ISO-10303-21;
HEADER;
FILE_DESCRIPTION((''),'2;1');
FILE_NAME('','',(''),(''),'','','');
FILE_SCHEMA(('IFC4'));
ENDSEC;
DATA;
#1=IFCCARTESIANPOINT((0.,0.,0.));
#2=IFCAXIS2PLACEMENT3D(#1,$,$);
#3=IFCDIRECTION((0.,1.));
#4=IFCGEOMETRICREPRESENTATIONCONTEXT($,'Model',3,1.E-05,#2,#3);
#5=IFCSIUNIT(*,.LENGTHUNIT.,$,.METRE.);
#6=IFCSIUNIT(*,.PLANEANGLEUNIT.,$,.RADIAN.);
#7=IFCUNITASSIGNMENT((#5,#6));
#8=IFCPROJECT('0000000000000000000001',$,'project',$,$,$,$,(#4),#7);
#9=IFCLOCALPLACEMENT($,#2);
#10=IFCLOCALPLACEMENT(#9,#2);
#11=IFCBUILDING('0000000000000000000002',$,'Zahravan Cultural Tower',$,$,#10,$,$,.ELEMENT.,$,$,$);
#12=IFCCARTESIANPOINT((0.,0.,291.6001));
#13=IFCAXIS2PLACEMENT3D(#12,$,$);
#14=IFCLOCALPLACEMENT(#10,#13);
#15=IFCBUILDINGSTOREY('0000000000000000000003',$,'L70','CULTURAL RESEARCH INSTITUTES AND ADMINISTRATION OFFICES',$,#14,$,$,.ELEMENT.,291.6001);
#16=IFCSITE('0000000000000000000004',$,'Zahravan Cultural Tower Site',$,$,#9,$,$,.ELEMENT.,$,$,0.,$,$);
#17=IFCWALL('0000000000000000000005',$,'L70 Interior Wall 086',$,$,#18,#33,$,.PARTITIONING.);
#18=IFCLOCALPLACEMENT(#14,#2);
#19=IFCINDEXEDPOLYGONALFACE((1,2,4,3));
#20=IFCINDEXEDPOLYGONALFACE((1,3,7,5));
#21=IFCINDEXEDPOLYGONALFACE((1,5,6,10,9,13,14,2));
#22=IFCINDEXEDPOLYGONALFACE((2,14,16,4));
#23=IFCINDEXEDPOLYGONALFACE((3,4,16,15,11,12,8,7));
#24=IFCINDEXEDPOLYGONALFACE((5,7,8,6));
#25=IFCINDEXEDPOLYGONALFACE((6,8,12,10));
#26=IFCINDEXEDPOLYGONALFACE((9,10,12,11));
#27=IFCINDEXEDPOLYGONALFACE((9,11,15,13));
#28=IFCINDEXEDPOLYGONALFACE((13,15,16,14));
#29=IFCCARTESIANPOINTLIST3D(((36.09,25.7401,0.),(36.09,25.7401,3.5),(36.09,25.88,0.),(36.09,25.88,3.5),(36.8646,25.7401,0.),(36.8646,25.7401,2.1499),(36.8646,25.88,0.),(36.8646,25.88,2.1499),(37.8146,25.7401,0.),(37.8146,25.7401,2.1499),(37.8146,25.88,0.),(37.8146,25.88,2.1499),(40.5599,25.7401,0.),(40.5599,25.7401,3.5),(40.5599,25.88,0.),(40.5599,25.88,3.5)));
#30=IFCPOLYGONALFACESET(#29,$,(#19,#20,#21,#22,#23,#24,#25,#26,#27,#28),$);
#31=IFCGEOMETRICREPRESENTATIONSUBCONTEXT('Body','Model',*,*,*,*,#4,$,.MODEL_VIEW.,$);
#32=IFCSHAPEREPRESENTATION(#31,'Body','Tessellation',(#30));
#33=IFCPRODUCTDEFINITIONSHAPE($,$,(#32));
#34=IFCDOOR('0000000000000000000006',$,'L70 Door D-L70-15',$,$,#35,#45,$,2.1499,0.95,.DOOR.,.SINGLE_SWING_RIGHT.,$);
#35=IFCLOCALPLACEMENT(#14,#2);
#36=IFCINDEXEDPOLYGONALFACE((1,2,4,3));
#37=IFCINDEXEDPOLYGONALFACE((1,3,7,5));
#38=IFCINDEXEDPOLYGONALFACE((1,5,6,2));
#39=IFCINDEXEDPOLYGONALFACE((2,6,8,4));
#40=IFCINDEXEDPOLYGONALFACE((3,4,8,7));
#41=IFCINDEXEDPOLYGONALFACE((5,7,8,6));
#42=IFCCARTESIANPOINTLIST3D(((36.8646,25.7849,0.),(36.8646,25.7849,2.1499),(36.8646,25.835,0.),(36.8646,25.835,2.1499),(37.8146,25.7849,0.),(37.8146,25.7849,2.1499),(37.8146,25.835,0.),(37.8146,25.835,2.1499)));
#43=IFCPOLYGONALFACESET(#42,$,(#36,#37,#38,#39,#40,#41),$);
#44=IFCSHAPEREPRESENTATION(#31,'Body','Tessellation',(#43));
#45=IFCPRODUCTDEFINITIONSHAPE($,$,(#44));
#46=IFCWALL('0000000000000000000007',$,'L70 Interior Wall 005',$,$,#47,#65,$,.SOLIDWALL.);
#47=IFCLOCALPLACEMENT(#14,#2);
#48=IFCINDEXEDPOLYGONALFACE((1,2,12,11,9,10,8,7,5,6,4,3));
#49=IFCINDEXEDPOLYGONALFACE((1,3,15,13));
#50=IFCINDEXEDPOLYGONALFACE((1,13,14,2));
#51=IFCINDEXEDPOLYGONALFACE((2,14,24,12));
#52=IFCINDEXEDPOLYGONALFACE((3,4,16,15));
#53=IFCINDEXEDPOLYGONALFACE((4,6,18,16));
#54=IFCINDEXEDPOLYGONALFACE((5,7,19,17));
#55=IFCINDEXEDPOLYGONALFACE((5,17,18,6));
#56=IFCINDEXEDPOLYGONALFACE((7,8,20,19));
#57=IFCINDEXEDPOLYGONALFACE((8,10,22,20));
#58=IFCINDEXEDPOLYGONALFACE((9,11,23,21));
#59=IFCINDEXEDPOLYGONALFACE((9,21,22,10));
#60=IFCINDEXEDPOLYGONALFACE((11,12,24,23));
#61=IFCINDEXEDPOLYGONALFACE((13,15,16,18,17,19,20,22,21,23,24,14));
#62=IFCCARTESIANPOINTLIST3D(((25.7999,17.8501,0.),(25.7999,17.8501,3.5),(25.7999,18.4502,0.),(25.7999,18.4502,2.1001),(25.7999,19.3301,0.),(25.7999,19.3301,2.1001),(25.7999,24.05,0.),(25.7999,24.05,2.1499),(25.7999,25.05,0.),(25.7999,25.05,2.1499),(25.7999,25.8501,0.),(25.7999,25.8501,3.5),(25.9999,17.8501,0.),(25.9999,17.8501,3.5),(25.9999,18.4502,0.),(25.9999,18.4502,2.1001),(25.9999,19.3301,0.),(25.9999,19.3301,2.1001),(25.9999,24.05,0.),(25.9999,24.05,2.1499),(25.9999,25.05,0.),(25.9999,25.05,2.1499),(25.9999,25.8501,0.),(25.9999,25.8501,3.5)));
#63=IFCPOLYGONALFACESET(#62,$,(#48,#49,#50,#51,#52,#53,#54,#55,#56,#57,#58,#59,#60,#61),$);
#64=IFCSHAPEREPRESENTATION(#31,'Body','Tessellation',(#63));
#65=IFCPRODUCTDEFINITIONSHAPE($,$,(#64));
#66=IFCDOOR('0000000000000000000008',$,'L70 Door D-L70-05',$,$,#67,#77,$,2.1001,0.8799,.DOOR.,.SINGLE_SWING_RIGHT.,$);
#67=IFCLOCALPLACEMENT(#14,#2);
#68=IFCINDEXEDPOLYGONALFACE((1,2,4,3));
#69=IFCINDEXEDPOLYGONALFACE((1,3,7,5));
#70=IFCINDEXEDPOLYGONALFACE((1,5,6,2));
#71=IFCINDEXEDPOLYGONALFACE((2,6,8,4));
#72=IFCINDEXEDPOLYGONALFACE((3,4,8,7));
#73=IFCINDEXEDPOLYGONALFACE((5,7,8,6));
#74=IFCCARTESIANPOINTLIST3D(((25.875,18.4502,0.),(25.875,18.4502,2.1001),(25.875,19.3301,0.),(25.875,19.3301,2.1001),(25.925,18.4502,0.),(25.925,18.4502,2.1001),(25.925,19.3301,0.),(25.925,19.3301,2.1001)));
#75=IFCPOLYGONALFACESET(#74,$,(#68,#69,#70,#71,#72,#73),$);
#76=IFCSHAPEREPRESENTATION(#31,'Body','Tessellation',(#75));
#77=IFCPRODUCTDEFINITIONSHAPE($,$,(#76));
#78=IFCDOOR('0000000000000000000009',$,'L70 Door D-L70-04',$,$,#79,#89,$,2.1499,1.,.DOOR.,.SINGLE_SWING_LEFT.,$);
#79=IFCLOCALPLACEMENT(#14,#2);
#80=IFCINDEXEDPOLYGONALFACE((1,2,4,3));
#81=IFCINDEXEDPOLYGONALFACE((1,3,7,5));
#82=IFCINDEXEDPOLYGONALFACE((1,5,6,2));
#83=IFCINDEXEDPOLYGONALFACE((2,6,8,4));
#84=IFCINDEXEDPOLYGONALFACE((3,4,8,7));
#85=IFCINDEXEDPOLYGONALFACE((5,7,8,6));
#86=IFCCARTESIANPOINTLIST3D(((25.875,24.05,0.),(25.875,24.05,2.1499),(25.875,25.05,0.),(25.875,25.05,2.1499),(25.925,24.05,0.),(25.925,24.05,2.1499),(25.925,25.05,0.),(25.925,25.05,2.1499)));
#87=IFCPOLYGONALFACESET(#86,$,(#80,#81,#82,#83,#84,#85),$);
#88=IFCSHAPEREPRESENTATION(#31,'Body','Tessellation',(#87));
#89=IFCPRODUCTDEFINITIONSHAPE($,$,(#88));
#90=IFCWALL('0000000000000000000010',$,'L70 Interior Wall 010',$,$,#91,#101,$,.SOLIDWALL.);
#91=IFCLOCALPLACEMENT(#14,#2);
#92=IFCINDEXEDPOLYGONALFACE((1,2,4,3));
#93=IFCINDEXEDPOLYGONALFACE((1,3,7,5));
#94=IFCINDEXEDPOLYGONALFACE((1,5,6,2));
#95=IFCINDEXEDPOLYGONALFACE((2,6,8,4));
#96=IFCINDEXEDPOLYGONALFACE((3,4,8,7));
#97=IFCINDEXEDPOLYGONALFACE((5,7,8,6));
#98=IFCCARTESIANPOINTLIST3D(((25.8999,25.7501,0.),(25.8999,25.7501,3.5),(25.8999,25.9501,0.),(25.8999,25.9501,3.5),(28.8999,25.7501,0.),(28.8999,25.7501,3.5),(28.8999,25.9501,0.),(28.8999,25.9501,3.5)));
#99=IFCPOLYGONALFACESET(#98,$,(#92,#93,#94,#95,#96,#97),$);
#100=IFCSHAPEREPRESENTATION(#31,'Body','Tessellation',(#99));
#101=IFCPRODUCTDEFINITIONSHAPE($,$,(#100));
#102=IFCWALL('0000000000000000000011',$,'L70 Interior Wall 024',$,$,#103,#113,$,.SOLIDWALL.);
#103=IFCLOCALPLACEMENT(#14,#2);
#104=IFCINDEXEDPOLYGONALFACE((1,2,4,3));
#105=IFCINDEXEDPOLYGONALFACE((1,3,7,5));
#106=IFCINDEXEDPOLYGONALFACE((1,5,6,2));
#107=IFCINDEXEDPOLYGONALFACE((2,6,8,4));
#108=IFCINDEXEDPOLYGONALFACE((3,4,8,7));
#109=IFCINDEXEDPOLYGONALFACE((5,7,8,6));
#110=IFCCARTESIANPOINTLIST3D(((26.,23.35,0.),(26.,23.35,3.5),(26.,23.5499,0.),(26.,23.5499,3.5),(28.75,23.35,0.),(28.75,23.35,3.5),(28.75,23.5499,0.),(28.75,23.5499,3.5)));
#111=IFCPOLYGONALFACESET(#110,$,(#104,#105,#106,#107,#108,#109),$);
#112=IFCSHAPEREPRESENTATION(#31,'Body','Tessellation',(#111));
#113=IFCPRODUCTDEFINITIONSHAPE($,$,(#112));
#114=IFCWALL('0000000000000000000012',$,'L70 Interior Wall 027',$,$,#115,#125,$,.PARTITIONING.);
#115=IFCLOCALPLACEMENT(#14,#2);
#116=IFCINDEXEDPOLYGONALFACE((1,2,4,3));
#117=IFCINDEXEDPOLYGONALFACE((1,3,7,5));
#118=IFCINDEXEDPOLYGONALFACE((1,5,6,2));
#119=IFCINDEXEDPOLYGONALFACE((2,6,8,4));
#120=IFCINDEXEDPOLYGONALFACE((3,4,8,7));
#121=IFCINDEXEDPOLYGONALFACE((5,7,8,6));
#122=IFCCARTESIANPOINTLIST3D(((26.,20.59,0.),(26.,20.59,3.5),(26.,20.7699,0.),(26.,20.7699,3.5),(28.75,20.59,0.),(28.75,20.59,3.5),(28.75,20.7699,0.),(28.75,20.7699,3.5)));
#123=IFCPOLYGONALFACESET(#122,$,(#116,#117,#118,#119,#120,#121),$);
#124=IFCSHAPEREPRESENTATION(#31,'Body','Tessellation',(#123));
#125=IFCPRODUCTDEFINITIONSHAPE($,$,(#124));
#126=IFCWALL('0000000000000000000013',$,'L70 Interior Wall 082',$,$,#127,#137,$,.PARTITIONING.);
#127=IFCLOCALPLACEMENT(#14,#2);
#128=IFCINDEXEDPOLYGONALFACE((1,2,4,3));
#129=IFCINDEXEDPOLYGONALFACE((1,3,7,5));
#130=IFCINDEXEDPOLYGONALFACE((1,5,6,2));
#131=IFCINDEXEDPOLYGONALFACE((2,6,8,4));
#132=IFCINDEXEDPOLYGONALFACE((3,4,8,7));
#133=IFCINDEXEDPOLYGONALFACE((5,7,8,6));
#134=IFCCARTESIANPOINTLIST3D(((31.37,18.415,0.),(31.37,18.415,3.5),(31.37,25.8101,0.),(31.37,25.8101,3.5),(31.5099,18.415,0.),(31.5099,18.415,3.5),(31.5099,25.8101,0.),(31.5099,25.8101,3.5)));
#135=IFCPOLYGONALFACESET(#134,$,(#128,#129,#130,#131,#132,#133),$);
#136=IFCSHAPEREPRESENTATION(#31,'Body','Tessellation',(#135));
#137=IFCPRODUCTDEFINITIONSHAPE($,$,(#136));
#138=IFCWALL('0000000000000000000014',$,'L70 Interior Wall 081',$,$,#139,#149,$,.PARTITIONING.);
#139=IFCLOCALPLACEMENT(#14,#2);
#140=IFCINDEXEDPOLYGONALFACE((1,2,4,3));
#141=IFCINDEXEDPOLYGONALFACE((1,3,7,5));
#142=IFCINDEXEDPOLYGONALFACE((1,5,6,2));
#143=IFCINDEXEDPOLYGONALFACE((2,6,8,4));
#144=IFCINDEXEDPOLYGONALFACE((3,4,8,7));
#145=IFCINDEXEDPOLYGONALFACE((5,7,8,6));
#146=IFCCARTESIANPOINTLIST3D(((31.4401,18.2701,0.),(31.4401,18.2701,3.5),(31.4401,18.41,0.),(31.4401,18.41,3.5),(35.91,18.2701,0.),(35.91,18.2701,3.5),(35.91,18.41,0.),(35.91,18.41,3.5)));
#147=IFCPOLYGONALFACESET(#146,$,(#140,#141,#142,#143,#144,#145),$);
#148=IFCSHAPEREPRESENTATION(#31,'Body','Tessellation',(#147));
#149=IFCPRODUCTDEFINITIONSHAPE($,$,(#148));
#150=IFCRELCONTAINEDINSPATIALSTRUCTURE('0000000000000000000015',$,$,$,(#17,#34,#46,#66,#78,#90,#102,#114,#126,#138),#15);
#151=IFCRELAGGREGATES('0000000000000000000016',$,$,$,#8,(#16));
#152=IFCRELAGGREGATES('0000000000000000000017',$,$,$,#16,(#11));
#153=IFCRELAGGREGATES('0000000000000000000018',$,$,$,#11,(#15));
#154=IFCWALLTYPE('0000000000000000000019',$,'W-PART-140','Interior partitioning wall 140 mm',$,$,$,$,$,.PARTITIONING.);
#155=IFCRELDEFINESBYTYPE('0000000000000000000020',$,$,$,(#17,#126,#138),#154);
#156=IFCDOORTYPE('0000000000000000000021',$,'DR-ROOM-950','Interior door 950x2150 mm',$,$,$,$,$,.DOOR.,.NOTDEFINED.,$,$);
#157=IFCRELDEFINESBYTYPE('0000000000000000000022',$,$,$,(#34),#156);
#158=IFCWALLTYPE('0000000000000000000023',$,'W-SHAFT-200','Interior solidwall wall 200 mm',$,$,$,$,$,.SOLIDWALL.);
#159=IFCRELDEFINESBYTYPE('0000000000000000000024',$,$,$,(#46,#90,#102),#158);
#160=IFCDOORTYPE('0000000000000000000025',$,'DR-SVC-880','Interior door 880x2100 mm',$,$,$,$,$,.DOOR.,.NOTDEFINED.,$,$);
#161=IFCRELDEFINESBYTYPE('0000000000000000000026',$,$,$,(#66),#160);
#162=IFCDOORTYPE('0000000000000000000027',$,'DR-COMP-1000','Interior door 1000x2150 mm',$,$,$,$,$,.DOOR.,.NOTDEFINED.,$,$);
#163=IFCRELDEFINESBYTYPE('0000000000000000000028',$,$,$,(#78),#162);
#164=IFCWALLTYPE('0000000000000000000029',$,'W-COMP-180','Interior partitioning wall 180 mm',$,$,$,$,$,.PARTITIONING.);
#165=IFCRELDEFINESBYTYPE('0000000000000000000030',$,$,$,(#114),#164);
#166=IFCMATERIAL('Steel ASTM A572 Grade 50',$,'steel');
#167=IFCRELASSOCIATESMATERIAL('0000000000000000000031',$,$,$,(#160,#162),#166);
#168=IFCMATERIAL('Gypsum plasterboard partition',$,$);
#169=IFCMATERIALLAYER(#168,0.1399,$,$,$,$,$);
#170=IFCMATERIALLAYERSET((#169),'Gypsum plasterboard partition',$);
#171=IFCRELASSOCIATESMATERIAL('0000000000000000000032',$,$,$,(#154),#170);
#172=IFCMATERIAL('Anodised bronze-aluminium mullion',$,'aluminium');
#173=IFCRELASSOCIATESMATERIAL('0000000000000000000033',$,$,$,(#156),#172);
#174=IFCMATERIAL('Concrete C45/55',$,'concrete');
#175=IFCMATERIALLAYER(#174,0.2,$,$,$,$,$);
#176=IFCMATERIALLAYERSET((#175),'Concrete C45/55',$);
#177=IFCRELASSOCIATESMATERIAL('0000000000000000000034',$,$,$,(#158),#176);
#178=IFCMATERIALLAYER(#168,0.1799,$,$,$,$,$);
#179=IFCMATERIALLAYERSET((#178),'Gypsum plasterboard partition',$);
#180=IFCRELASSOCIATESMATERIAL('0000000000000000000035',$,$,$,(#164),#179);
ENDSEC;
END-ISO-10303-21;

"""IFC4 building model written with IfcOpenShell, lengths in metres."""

from ifc_helpers import new_model, si_unit, direction, frame, frame_2d, origin, place, context, subcontext, project, spatial, rectangle, extrude, source, transform, mapped, material, layer, layer_set, type_object, element, fill, save


model = new_model("IFC4")

# Units and contexts
model_context = context("Model", 3, precision=1e-05, world=origin(), true_north=direction((0.0, 1.0)))
body_context = subcontext(model_context, "Body", "Model", "MODEL_VIEW")
ifc_project = project(units=[si_unit("LENGTHUNIT", "METRE"), si_unit("PLANEANGLEUNIT", "RADIAN")], contexts=[model_context])

# Site, building, storey
site_placement = place(None, origin())
site = spatial("IfcSite", under=ifc_project, at=site_placement, Name="Zahravan Cultural Tower Site", CompositionType="ELEMENT", RefElevation=0.0)
building_placement = place(site_placement, origin())
building = spatial("IfcBuilding", under=site, at=building_placement, Name="Zahravan Cultural Tower", CompositionType="ELEMENT")
storey_placement = place(building_placement, frame((0.0, 0.0, 291.6001)))
storey = spatial("IfcBuildingStorey", under=building, at=storey_placement, Name="L70", Description="CULTURAL RESEARCH INSTITUTES AND ADMINISTRATION OFFICES", CompositionType="ELEMENT", Elevation=291.6001)

# Shared definitions
ifc_material_1 = material(Name="Steel ASTM A572 Grade 50", Category="steel")
door_type_1 = type_object("IfcDoorType", Name="DR-SVC-880", Description="Interior door 880x2100 mm", OperationType="NOTDEFINED", PredefinedType="DOOR", material=ifc_material_1)
shared_shape_1 = source(origin(), body_context, "Body", "SweptSolid", [
    extrude(rectangle(XDim=0.8799, YDim=2.1001, at=frame_2d((0.4399, 1.05))), frame((0.0, 0.0249, 0.0), z_axis=(0.0, -1.0, 0.0), x_axis=(1.0, 0.0, 0.0)), (0.0, 0.0, 1.0), 0.05),
])

# Wall, opening, door
ifc_material_2 = material(Name="Gypsum plasterboard partition")
ifc_layer_1 = layer(ifc_material_2, 0.1399)
ifc_layer_set_1 = layer_set([ifc_layer_1], Name="Gypsum plasterboard partition")
wall_type_1 = type_object("IfcWallType", Name="W-PART-140", Description="Interior partitioning wall 140 mm", PredefinedType="PARTITIONING", material=ifc_layer_set_1)
ifc_material_3 = material(Name="Anodised bronze-aluminium mullion", Category="aluminium")
door_type_2 = type_object("IfcDoorType", Name="DR-ROOM-950", Description="Interior door 950x2150 mm", OperationType="NOTDEFINED", PredefinedType="DOOR", material=ifc_material_3)
shared_shape_2 = source(origin(), body_context, "Body", "SweptSolid", [
    extrude(rectangle(XDim=0.95, YDim=2.1499, at=frame_2d((0.4751, 1.075))), frame((0.0, 0.0249, 0.0), z_axis=(0.0, -1.0, 0.0), x_axis=(1.0, 0.0, 0.0)), (0.0, 0.0, 1.0), 0.05),
])
wall_1_placement = place(storey_placement, frame((36.0901, 25.8101, 0.0), z_axis=(0.0, 0.0, 1.0), x_axis=(1.0, 0.0, 0.0)))
wall_1 = element("IfcWall", 1, at=wall_1_placement, inside=storey, type_object=wall_type_1, Name="L70 Interior Wall 086", PredefinedType="PARTITIONING", context=body_context, shape_type="SweptSolid", body=[
    extrude(rectangle(XDim=4.47, YDim=0.1399, at=frame_2d((2.2349, 0.0))), origin(), (0.0, 0.0, 1.0), 3.5),
])
opening_1_placement = place(wall_1_placement, frame((0.7744, 0.0, 0.0)))
opening_1 = element("IfcOpeningElement", 2, at=opening_1_placement, cuts=wall_1, PredefinedType="OPENING", context=body_context, shape_type="SweptSolid", body=[
    extrude(rectangle(XDim=0.95, YDim=2.1499, at=frame_2d((0.4751, 1.075))), frame((0.0, 0.0798, 0.0), z_axis=(0.0, -1.0, 0.0), x_axis=(1.0, 0.0, 0.0)), (0.0, 0.0, 1.0), 0.1599),
])
door_1_placement = place(opening_1_placement, origin())
door_1 = element("IfcDoor", 3, at=door_1_placement, inside=storey, type_object=door_type_2, Name="L70 Door D-L70-15", OperationType="SINGLE_SWING_RIGHT", OverallHeight=2.1499, OverallWidth=0.95, PredefinedType="DOOR", context=body_context, shape_type="MappedRepresentation", body=[
    mapped(shared_shape_2, transform((0.0, 0.0, 0.0), x_axis=(1.0, 0.0, 0.0), y_axis=(0.0, 1.0, 0.0), z_axis=(0.0, 0.0, 1.0), scale=1.0)),
])
fill(opening_1, door_1)

# Wall, openings, doors
ifc_material_4 = material(Name="Concrete C45/55", Category="concrete")
ifc_layer_2 = layer(ifc_material_4, 0.2)
ifc_layer_set_2 = layer_set([ifc_layer_2], Name="Concrete C45/55")
wall_type_2 = type_object("IfcWallType", Name="W-SHAFT-200", Description="Interior solidwall wall 200 mm", PredefinedType="SOLIDWALL", material=ifc_layer_set_2)
wall_2_placement = place(storey_placement, frame((25.8999, 17.8501, 0.0), z_axis=(0.0, 0.0, 1.0), x_axis=(0.0, 1.0, 0.0)))
wall_2 = element("IfcWall", 4, at=wall_2_placement, inside=storey, type_object=wall_type_2, Name="L70 Interior Wall 005", PredefinedType="SOLIDWALL", context=body_context, shape_type="SweptSolid", body=[
    extrude(rectangle(XDim=8.0, YDim=0.2, at=frame_2d((4.0, 0.0))), origin(), (0.0, 0.0, 1.0), 3.5),
])
opening_2_placement = place(wall_2_placement, frame((6.2, 0.0, 0.0)))
opening_2 = element("IfcOpeningElement", 5, at=opening_2_placement, cuts=wall_2, PredefinedType="OPENING", context=body_context, shape_type="SweptSolid", body=[
    extrude(rectangle(XDim=1.0, YDim=2.1499, at=frame_2d((0.5, 1.075))), frame((0.0, 0.1099, 0.0), z_axis=(0.0, -1.0, 0.0), x_axis=(1.0, 0.0, 0.0)), (0.0, 0.0, 1.0), 0.22),
])
opening_3_placement = place(wall_2_placement, frame((0.6001, 0.0, 0.0)))
opening_3 = element("IfcOpeningElement", 6, at=opening_3_placement, cuts=wall_2, PredefinedType="OPENING", context=body_context, shape_type="SweptSolid", body=[
    extrude(rectangle(XDim=0.8799, YDim=2.1001, at=frame_2d((0.4399, 1.05))), frame((0.0, 0.1099, 0.0), z_axis=(0.0, -1.0, 0.0), x_axis=(1.0, 0.0, 0.0)), (0.0, 0.0, 1.0), 0.22),
])
door_2_placement = place(opening_3_placement, origin())
door_2 = element("IfcDoor", 7, at=door_2_placement, inside=storey, type_object=door_type_1, Name="L70 Door D-L70-05", OperationType="SINGLE_SWING_RIGHT", OverallHeight=2.1001, OverallWidth=0.8799, PredefinedType="DOOR", context=body_context, shape_type="MappedRepresentation", body=[
    mapped(shared_shape_1, transform((0.0, 0.0, 0.0), x_axis=(1.0, 0.0, 0.0), y_axis=(0.0, 1.0, 0.0), z_axis=(0.0, 0.0, 1.0), scale=1.0)),
])
fill(opening_3, door_2)
door_type_3 = type_object("IfcDoorType", Name="DR-COMP-1000", Description="Interior door 1000x2150 mm", OperationType="NOTDEFINED", PredefinedType="DOOR", material=ifc_material_1)
shared_shape_3 = source(origin(), body_context, "Body", "SweptSolid", [
    extrude(rectangle(XDim=1.0, YDim=2.1499, at=frame_2d((0.5, 1.075))), frame((0.0, 0.0249, 0.0), z_axis=(0.0, -1.0, 0.0), x_axis=(1.0, 0.0, 0.0)), (0.0, 0.0, 1.0), 0.05),
])
door_3_placement = place(opening_2_placement, origin())
door_3 = element("IfcDoor", 8, at=door_3_placement, inside=storey, type_object=door_type_3, Name="L70 Door D-L70-04", OperationType="SINGLE_SWING_LEFT", OverallHeight=2.1499, OverallWidth=1.0, PredefinedType="DOOR", context=body_context, shape_type="MappedRepresentation", body=[
    mapped(shared_shape_3, transform((0.0, 0.0, 0.0), x_axis=(1.0, 0.0, 0.0), y_axis=(0.0, 1.0, 0.0), z_axis=(0.0, 0.0, 1.0), scale=1.0)),
])
fill(opening_2, door_3)

# Walls
shared_shape_4 = source(origin(), body_context, "Body", "SweptSolid", [
    extrude(rectangle(XDim=3.0, YDim=0.2, at=frame_2d((1.5, 0.0))), origin(), (0.0, 0.0, 1.0), 3.5),
])
wall_3_placement = place(storey_placement, frame((25.8999, 25.8501, 0.0), z_axis=(0.0, 0.0, 1.0), x_axis=(1.0, 0.0, 0.0)))
element("IfcWall", 9, at=wall_3_placement, inside=storey, type_object=wall_type_2, Name="L70 Interior Wall 010", PredefinedType="SOLIDWALL", context=body_context, shape_type="MappedRepresentation", body=[
    mapped(shared_shape_4, transform((0.0, 0.0, 0.0), x_axis=(1.0, 0.0, 0.0), y_axis=(0.0, 1.0, 0.0), z_axis=(0.0, 0.0, 1.0), scale=1.0)),
])
shared_shape_5 = source(origin(), body_context, "Body", "SweptSolid", [
    extrude(rectangle(XDim=2.75, YDim=0.2, at=frame_2d((1.375, 0.0))), origin(), (0.0, 0.0, 1.0), 3.5),
])
wall_4_placement = place(storey_placement, frame((26.0, 23.45, 0.0), z_axis=(0.0, 0.0, 1.0), x_axis=(1.0, 0.0, 0.0)))
element("IfcWall", 10, at=wall_4_placement, inside=storey, type_object=wall_type_2, Name="L70 Interior Wall 024", PredefinedType="SOLIDWALL", context=body_context, shape_type="MappedRepresentation", body=[
    mapped(shared_shape_5, transform((0.0, 0.0, 0.0), x_axis=(1.0, 0.0, 0.0), y_axis=(0.0, 1.0, 0.0), z_axis=(0.0, 0.0, 1.0), scale=1.0)),
])
ifc_layer_3 = layer(ifc_material_2, 0.1799)
ifc_layer_set_3 = layer_set([ifc_layer_3], Name="Gypsum plasterboard partition")
wall_type_3 = type_object("IfcWallType", Name="W-COMP-180", Description="Interior partitioning wall 180 mm", PredefinedType="PARTITIONING", material=ifc_layer_set_3)
shared_shape_6 = source(origin(), body_context, "Body", "SweptSolid", [
    extrude(rectangle(XDim=2.75, YDim=0.1799, at=frame_2d((1.375, 0.0))), origin(), (0.0, 0.0, 1.0), 3.5),
])
wall_5_placement = place(storey_placement, frame((26.0, 20.6799, 0.0), z_axis=(0.0, 0.0, 1.0), x_axis=(1.0, 0.0, 0.0)))
element("IfcWall", 11, at=wall_5_placement, inside=storey, type_object=wall_type_3, Name="L70 Interior Wall 027", PredefinedType="PARTITIONING", context=body_context, shape_type="MappedRepresentation", body=[
    mapped(shared_shape_6, transform((0.0, 0.0, 0.0), x_axis=(1.0, 0.0, 0.0), y_axis=(0.0, 1.0, 0.0), z_axis=(0.0, 0.0, 1.0), scale=1.0)),
])
shared_shape_7 = source(origin(), body_context, "Body", "SweptSolid", [
    extrude(rectangle(XDim=7.395, YDim=0.1399, at=frame_2d((3.6975, 0.0))), origin(), (0.0, 0.0, 1.0), 3.5),
])
wall_6_placement = place(storey_placement, frame((31.4399, 18.415, 0.0), z_axis=(0.0, 0.0, 1.0), x_axis=(0.0, 1.0, 0.0)))
element("IfcWall", 12, at=wall_6_placement, inside=storey, type_object=wall_type_1, Name="L70 Interior Wall 082", PredefinedType="PARTITIONING", context=body_context, shape_type="MappedRepresentation", body=[
    mapped(shared_shape_7, transform((0.0, 0.0, 0.0), x_axis=(1.0, 0.0, 0.0), y_axis=(0.0, 1.0, 0.0), z_axis=(0.0, 0.0, 1.0), scale=1.0)),
])
shared_shape_8 = source(origin(), body_context, "Body", "SweptSolid", [
    extrude(rectangle(XDim=4.47, YDim=0.1399, at=frame_2d((2.2349, 0.0))), origin(), (0.0, 0.0, 1.0), 3.5),
])
wall_7_placement = place(storey_placement, frame((35.9099, 18.3401, 0.0), z_axis=(0.0, 0.0, 1.0), x_axis=(-1.0, 0.0, 0.0)))
element("IfcWall", 13, at=wall_7_placement, inside=storey, type_object=wall_type_1, Name="L70 Interior Wall 081", PredefinedType="PARTITIONING", context=body_context, shape_type="MappedRepresentation", body=[
    mapped(shared_shape_8, transform((0.0, 0.0, 0.0), x_axis=(1.0, 0.0, 0.0), y_axis=(0.0, 1.0, 0.0), z_axis=(0.0, 0.0, 1.0), scale=1.0)),
])

save(model, "model.ifc")
